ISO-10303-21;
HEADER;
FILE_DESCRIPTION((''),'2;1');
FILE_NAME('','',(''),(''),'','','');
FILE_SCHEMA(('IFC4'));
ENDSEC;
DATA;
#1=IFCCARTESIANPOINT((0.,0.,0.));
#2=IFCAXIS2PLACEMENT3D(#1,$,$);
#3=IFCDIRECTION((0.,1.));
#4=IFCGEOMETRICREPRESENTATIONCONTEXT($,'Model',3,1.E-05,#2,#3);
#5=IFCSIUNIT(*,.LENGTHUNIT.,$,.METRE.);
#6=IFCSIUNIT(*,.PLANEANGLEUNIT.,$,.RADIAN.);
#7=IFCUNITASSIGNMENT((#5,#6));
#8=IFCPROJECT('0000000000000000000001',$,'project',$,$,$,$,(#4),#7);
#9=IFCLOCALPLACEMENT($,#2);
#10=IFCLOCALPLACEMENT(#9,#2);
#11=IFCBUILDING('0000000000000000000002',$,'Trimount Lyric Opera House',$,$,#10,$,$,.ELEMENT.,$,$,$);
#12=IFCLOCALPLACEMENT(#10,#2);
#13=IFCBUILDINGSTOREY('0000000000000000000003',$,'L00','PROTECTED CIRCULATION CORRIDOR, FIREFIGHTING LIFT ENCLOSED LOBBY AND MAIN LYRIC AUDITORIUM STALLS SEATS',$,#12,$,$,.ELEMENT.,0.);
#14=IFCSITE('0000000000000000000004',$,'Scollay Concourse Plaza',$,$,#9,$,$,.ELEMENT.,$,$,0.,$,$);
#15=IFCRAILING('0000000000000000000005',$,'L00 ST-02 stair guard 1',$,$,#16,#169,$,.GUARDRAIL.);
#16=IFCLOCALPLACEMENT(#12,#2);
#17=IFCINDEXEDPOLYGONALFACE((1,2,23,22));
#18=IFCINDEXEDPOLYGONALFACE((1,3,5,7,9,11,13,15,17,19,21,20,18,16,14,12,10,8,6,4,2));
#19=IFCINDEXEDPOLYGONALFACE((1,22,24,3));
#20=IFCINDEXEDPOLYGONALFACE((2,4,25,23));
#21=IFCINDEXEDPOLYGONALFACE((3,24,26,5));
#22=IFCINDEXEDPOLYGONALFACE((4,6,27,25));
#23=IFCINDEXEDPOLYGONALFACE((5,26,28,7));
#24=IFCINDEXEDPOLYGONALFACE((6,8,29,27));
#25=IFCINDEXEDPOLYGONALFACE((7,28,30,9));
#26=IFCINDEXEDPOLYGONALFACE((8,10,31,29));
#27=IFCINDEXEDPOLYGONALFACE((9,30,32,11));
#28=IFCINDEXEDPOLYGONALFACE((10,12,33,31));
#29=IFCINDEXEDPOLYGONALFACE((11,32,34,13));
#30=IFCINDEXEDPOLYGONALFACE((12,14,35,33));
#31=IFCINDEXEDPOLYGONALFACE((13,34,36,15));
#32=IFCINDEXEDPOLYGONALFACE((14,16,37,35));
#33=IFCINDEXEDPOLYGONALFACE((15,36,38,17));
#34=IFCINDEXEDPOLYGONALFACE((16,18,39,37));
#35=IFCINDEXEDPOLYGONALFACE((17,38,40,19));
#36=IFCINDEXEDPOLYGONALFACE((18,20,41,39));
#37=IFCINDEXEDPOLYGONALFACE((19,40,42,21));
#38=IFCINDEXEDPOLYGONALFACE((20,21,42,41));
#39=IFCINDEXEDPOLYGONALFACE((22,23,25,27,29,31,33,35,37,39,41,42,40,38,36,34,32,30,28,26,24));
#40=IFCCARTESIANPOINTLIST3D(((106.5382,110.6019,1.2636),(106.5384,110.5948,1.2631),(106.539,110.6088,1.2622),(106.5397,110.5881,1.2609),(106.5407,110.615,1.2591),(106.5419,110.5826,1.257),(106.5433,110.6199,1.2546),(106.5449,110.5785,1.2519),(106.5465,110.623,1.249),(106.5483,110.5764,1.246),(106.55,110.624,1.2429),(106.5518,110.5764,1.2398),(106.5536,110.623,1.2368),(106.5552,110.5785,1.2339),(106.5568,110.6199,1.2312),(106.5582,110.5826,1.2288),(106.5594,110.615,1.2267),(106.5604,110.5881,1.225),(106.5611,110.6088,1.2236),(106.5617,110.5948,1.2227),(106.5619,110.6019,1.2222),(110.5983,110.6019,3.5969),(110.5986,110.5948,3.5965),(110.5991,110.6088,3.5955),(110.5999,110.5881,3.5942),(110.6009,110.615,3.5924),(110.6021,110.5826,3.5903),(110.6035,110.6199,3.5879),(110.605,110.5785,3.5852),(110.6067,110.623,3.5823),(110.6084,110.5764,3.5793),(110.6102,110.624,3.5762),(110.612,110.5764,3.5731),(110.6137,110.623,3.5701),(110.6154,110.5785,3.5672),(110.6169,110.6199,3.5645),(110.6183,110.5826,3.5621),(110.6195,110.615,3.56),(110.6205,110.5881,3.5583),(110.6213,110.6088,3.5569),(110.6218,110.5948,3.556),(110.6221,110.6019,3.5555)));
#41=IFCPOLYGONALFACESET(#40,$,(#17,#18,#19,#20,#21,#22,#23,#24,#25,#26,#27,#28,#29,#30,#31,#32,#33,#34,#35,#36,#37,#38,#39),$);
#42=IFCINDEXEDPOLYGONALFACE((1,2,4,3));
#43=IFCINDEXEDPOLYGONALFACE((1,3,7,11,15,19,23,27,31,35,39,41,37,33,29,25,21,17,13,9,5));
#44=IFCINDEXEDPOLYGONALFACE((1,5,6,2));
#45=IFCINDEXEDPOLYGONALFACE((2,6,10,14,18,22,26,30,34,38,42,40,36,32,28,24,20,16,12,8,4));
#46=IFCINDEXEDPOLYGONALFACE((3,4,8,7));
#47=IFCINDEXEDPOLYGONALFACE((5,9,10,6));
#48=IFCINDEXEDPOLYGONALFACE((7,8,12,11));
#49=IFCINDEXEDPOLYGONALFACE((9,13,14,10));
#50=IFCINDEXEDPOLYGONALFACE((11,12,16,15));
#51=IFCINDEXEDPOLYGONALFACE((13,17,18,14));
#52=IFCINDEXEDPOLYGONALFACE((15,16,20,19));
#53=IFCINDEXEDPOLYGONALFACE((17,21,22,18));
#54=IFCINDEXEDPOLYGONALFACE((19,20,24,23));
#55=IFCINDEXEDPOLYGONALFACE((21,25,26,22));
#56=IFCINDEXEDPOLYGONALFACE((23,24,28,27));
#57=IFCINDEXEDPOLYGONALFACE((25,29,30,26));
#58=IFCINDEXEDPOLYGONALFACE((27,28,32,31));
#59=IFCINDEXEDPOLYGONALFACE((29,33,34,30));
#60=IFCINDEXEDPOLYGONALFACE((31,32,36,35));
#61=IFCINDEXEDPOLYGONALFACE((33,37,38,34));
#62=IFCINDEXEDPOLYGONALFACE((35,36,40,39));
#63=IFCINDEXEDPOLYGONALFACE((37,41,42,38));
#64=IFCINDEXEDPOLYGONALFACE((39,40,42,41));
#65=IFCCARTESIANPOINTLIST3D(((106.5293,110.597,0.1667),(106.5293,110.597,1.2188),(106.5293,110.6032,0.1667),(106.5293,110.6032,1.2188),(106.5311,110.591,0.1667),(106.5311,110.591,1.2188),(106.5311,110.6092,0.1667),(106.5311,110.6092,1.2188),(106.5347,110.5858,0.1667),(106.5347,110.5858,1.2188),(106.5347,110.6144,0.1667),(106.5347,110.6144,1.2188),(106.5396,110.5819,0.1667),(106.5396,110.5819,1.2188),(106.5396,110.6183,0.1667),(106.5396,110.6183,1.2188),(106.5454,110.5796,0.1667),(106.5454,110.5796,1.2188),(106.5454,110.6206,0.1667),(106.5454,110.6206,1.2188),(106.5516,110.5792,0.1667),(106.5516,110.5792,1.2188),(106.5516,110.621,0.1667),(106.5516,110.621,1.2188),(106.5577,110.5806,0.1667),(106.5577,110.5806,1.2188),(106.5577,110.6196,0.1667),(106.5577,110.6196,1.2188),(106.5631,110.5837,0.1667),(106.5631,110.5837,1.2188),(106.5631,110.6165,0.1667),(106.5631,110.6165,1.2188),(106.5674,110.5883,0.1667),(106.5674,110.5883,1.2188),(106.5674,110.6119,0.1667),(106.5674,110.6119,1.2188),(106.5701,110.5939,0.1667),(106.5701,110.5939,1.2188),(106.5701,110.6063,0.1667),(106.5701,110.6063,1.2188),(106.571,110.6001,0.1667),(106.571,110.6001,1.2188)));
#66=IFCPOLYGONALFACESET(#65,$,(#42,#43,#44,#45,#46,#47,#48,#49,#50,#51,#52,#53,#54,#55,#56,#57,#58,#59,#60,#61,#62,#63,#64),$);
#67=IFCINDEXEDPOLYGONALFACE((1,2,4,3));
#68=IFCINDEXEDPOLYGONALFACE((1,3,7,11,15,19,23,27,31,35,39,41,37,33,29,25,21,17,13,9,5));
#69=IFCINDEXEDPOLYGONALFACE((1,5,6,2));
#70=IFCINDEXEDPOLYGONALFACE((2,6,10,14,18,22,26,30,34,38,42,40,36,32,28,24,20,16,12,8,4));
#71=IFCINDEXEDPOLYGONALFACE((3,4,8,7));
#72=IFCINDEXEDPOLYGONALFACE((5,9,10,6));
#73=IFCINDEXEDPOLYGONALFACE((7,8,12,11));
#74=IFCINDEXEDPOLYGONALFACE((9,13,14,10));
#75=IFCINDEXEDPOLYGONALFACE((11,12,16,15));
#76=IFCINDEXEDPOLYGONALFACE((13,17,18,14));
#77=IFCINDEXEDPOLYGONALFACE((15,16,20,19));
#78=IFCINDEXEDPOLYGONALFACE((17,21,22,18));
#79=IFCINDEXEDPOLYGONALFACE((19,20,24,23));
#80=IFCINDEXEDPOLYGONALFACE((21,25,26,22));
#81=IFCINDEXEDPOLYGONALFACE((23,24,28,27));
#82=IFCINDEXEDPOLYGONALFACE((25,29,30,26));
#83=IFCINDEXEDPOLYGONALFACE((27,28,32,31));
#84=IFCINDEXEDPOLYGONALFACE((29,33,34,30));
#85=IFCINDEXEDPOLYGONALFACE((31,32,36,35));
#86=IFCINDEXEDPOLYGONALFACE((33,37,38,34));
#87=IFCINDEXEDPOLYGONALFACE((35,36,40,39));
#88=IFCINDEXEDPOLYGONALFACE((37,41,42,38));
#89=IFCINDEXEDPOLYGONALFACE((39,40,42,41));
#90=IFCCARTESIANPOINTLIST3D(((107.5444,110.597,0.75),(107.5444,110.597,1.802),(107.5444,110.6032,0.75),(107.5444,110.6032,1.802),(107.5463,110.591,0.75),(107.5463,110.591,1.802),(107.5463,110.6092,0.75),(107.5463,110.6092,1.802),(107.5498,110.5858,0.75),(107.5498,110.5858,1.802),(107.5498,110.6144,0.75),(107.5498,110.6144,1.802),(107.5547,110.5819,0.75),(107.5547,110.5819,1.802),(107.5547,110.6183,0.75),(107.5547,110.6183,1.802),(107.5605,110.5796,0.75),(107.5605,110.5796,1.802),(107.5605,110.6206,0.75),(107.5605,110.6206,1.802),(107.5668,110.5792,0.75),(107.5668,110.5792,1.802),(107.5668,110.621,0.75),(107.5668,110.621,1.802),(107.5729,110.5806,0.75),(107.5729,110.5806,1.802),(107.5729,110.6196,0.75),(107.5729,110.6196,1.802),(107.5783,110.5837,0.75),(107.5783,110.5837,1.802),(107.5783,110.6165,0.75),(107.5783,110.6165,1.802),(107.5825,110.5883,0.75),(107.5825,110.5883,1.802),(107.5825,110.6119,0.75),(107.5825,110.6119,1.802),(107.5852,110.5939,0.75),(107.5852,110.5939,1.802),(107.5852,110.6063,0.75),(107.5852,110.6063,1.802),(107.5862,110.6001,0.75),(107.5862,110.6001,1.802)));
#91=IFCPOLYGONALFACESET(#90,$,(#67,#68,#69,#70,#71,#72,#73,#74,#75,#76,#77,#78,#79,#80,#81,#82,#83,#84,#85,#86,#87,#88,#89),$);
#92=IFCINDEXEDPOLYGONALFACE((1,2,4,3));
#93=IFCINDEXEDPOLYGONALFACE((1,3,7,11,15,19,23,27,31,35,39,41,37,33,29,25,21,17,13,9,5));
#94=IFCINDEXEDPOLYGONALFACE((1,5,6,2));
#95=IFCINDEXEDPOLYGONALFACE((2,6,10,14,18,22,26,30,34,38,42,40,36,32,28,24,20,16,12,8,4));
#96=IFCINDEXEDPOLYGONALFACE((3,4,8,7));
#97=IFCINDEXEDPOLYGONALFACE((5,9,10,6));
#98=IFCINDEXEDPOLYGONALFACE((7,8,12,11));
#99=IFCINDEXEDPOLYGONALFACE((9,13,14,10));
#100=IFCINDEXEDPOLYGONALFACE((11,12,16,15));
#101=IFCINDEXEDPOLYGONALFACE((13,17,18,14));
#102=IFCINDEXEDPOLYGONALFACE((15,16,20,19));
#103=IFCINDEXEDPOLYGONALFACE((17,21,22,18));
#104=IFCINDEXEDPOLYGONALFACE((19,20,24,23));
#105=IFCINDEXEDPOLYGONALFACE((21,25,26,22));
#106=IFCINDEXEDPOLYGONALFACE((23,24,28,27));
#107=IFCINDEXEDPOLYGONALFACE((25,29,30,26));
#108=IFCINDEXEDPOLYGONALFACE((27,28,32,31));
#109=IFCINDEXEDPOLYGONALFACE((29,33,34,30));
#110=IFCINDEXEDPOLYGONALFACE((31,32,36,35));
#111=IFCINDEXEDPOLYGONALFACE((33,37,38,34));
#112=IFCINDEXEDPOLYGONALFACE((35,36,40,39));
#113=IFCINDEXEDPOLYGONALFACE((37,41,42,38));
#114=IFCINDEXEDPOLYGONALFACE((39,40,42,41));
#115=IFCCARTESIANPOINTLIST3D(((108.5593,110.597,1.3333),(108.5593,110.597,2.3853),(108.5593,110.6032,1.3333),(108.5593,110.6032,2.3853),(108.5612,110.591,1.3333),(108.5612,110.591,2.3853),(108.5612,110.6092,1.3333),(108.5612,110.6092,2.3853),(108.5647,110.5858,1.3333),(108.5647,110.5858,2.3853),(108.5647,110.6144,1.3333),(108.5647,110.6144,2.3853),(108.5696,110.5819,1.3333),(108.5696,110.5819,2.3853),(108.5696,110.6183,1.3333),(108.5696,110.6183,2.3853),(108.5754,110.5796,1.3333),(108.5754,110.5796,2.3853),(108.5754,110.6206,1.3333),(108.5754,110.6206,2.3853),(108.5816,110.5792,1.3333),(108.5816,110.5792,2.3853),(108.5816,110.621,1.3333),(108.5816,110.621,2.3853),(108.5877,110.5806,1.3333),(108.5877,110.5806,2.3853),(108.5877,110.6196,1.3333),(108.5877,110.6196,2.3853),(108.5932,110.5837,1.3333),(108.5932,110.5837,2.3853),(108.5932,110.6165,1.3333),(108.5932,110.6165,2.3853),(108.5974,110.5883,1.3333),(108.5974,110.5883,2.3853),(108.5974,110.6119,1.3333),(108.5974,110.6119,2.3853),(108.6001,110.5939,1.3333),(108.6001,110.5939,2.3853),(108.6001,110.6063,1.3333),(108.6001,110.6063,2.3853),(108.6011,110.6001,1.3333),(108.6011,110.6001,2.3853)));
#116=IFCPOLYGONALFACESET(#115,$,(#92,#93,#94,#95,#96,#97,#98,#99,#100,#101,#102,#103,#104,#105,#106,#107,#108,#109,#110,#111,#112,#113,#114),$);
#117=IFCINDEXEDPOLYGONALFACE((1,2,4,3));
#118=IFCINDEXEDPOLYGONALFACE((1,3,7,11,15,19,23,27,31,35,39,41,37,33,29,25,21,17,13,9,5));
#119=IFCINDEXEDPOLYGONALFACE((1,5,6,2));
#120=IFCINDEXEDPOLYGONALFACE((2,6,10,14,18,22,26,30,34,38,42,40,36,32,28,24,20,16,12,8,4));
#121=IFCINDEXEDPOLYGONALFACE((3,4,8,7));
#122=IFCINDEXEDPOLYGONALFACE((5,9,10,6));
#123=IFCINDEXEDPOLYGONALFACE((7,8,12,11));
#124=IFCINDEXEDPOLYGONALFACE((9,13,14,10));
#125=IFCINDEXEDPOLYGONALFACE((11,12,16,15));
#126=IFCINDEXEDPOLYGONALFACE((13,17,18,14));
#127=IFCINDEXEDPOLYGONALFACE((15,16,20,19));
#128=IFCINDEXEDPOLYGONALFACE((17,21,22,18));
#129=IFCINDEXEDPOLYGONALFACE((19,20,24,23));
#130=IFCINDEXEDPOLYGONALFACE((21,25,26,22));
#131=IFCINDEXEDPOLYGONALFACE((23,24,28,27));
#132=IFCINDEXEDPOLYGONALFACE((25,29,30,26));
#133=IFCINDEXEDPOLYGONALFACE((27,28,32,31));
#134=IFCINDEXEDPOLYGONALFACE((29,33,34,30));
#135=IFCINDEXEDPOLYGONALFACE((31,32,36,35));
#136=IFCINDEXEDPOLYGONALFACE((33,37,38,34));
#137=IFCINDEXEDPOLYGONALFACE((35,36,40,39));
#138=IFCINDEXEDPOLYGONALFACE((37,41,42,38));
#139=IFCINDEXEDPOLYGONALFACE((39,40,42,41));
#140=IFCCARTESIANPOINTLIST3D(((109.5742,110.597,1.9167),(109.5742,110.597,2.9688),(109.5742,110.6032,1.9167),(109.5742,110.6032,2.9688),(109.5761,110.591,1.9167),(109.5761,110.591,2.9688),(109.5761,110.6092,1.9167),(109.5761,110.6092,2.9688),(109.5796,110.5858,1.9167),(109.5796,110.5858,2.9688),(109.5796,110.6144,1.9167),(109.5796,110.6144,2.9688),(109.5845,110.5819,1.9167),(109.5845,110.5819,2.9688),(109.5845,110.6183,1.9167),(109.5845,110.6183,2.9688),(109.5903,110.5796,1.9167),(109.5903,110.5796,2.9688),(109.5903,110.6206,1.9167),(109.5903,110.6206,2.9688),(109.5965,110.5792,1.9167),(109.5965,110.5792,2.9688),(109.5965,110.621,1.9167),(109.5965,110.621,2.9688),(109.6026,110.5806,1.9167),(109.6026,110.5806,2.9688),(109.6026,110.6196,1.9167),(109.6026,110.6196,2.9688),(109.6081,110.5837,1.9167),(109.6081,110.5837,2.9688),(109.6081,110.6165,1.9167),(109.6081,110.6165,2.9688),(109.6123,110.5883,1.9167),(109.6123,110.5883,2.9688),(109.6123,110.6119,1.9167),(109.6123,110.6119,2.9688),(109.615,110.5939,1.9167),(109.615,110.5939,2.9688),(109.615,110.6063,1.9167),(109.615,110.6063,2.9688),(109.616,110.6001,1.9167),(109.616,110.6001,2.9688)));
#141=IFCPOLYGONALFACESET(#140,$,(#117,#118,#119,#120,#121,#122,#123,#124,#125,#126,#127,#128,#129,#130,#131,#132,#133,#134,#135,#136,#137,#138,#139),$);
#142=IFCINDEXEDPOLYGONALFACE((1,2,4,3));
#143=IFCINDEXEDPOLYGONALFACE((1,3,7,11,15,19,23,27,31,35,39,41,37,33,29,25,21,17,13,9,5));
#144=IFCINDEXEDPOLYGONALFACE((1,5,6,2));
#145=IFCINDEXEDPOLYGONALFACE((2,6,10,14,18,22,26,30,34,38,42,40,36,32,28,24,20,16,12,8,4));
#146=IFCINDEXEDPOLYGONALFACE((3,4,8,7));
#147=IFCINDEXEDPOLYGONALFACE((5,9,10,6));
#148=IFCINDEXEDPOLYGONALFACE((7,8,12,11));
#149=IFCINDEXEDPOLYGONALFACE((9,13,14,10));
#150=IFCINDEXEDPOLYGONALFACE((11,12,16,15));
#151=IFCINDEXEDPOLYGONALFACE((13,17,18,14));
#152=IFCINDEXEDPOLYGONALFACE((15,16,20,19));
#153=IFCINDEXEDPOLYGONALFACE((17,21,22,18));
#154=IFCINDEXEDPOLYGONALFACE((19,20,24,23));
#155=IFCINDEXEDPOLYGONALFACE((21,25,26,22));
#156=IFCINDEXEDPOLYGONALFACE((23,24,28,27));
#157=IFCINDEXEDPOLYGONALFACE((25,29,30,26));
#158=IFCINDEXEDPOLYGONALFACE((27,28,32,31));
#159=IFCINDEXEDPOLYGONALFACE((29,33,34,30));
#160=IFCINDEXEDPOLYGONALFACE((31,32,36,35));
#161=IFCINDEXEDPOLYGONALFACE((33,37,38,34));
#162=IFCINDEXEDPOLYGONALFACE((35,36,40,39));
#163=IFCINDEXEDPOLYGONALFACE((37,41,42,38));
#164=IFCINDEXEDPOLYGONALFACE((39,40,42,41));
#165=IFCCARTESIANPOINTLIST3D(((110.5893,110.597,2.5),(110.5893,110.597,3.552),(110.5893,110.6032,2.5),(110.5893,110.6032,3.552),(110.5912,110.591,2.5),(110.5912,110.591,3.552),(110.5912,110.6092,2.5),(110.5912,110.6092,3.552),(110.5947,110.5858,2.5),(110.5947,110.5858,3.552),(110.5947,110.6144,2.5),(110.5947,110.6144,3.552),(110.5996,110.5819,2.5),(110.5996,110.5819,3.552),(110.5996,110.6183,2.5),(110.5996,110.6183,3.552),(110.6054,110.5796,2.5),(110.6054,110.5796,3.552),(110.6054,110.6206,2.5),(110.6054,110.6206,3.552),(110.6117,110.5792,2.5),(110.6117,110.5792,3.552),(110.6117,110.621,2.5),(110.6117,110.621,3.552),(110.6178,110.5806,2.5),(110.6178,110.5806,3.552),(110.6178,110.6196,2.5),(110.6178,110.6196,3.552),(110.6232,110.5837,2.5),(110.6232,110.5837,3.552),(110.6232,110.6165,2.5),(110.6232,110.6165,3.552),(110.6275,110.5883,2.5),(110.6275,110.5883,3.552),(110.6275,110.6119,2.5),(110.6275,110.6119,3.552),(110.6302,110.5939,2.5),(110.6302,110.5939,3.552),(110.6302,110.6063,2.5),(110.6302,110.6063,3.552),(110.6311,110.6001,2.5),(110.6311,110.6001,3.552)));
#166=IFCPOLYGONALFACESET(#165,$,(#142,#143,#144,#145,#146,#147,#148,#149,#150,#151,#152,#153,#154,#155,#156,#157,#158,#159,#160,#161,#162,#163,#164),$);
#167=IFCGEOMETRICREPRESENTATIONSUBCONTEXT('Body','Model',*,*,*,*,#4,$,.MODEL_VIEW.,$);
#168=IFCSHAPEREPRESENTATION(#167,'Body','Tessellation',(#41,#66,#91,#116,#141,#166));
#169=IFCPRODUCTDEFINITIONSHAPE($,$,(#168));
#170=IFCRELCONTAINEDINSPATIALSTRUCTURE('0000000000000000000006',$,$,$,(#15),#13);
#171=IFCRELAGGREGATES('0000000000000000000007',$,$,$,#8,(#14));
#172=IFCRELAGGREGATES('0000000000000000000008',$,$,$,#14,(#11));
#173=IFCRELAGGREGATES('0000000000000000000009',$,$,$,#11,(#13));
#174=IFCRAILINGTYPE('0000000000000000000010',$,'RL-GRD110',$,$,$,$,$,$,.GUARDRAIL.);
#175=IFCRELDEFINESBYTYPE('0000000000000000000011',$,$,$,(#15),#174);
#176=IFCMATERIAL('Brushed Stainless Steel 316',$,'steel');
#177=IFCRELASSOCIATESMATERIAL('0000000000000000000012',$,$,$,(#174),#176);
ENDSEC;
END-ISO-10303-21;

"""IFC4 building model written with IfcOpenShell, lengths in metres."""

from ifc_helpers import new_model, si_unit, direction, frame, origin, origin_2d, place, context, subcontext, project, spatial, circle, extrude, material, type_object, element, save


model = new_model("IFC4")

# Units and contexts
model_context = context("Model", 3, precision=1e-05, world=origin(), true_north=direction((0.0, 1.0)))
body_context = subcontext(model_context, "Body", "Model", "MODEL_VIEW")
ifc_project = project(units=[si_unit("LENGTHUNIT", "METRE"), si_unit("PLANEANGLEUNIT", "RADIAN")], contexts=[model_context])

# Site, building, storey
site_placement = place(None, origin())
site = spatial("IfcSite", under=ifc_project, at=site_placement, Name="Scollay Concourse Plaza", CompositionType="ELEMENT", RefElevation=0.0)
building_placement = place(site_placement, origin())
building = spatial("IfcBuilding", under=site, at=building_placement, Name="Trimount Lyric Opera House", CompositionType="ELEMENT")
storey_placement = place(building_placement, origin())
storey = spatial("IfcBuildingStorey", under=building, at=storey_placement, Name="L00", Description="PROTECTED CIRCULATION CORRIDOR, FIREFIGHTING LIFT ENCLOSED LOBBY AND MAIN LYRIC AUDITORIUM STALLS SEATS", CompositionType="ELEMENT", Elevation=0.0)

# Railing
ifc_material_1 = material(Name="Brushed Stainless Steel 316", Category="steel")
railing_type_1 = type_object("IfcRailingType", Name="RL-GRD110", PredefinedType="GUARDRAIL", material=ifc_material_1)
railing_1_placement = place(storey_placement, frame((106.55, 110.6001, 0.1667)))
element("IfcRailing", 1, at=railing_1_placement, inside=storey, type_object=railing_type_1, Name="L00 ST-02 stair guard 1", PredefinedType="GUARDRAIL", context=body_context, shape_type="SweptSolid", body=[
    extrude(circle(Radius=0.0239, at=origin_2d()), frame((0.0, 0.0, 1.0762), z_axis=(0.867025, 0.0, 0.498265), x_axis=(0.0, 1.0, 0.0)), (0.0, 0.0, 1.0), 4.6829),
    extrude(circle(Radius=0.021, at=origin_2d()), origin(), (0.0, 0.0, 1.0), 1.052),
    extrude(circle(Radius=0.021, at=origin_2d()), frame((1.0151, 0.0, 0.5833)), (0.0, 0.0, 1.0), 1.052),
    extrude(circle(Radius=0.021, at=origin_2d()), frame((2.03, 0.0, 1.1665)), (0.0, 0.0, 1.0), 1.052),
    extrude(circle(Radius=0.021, at=origin_2d()), frame((3.0449, 0.0, 1.75)), (0.0, 0.0, 1.0), 1.052),
    extrude(circle(Radius=0.021, at=origin_2d()), frame((4.0601, 0.0, 2.3333)), (0.0, 0.0, 1.0), 1.052),
])

save(model, "model.ifc")
